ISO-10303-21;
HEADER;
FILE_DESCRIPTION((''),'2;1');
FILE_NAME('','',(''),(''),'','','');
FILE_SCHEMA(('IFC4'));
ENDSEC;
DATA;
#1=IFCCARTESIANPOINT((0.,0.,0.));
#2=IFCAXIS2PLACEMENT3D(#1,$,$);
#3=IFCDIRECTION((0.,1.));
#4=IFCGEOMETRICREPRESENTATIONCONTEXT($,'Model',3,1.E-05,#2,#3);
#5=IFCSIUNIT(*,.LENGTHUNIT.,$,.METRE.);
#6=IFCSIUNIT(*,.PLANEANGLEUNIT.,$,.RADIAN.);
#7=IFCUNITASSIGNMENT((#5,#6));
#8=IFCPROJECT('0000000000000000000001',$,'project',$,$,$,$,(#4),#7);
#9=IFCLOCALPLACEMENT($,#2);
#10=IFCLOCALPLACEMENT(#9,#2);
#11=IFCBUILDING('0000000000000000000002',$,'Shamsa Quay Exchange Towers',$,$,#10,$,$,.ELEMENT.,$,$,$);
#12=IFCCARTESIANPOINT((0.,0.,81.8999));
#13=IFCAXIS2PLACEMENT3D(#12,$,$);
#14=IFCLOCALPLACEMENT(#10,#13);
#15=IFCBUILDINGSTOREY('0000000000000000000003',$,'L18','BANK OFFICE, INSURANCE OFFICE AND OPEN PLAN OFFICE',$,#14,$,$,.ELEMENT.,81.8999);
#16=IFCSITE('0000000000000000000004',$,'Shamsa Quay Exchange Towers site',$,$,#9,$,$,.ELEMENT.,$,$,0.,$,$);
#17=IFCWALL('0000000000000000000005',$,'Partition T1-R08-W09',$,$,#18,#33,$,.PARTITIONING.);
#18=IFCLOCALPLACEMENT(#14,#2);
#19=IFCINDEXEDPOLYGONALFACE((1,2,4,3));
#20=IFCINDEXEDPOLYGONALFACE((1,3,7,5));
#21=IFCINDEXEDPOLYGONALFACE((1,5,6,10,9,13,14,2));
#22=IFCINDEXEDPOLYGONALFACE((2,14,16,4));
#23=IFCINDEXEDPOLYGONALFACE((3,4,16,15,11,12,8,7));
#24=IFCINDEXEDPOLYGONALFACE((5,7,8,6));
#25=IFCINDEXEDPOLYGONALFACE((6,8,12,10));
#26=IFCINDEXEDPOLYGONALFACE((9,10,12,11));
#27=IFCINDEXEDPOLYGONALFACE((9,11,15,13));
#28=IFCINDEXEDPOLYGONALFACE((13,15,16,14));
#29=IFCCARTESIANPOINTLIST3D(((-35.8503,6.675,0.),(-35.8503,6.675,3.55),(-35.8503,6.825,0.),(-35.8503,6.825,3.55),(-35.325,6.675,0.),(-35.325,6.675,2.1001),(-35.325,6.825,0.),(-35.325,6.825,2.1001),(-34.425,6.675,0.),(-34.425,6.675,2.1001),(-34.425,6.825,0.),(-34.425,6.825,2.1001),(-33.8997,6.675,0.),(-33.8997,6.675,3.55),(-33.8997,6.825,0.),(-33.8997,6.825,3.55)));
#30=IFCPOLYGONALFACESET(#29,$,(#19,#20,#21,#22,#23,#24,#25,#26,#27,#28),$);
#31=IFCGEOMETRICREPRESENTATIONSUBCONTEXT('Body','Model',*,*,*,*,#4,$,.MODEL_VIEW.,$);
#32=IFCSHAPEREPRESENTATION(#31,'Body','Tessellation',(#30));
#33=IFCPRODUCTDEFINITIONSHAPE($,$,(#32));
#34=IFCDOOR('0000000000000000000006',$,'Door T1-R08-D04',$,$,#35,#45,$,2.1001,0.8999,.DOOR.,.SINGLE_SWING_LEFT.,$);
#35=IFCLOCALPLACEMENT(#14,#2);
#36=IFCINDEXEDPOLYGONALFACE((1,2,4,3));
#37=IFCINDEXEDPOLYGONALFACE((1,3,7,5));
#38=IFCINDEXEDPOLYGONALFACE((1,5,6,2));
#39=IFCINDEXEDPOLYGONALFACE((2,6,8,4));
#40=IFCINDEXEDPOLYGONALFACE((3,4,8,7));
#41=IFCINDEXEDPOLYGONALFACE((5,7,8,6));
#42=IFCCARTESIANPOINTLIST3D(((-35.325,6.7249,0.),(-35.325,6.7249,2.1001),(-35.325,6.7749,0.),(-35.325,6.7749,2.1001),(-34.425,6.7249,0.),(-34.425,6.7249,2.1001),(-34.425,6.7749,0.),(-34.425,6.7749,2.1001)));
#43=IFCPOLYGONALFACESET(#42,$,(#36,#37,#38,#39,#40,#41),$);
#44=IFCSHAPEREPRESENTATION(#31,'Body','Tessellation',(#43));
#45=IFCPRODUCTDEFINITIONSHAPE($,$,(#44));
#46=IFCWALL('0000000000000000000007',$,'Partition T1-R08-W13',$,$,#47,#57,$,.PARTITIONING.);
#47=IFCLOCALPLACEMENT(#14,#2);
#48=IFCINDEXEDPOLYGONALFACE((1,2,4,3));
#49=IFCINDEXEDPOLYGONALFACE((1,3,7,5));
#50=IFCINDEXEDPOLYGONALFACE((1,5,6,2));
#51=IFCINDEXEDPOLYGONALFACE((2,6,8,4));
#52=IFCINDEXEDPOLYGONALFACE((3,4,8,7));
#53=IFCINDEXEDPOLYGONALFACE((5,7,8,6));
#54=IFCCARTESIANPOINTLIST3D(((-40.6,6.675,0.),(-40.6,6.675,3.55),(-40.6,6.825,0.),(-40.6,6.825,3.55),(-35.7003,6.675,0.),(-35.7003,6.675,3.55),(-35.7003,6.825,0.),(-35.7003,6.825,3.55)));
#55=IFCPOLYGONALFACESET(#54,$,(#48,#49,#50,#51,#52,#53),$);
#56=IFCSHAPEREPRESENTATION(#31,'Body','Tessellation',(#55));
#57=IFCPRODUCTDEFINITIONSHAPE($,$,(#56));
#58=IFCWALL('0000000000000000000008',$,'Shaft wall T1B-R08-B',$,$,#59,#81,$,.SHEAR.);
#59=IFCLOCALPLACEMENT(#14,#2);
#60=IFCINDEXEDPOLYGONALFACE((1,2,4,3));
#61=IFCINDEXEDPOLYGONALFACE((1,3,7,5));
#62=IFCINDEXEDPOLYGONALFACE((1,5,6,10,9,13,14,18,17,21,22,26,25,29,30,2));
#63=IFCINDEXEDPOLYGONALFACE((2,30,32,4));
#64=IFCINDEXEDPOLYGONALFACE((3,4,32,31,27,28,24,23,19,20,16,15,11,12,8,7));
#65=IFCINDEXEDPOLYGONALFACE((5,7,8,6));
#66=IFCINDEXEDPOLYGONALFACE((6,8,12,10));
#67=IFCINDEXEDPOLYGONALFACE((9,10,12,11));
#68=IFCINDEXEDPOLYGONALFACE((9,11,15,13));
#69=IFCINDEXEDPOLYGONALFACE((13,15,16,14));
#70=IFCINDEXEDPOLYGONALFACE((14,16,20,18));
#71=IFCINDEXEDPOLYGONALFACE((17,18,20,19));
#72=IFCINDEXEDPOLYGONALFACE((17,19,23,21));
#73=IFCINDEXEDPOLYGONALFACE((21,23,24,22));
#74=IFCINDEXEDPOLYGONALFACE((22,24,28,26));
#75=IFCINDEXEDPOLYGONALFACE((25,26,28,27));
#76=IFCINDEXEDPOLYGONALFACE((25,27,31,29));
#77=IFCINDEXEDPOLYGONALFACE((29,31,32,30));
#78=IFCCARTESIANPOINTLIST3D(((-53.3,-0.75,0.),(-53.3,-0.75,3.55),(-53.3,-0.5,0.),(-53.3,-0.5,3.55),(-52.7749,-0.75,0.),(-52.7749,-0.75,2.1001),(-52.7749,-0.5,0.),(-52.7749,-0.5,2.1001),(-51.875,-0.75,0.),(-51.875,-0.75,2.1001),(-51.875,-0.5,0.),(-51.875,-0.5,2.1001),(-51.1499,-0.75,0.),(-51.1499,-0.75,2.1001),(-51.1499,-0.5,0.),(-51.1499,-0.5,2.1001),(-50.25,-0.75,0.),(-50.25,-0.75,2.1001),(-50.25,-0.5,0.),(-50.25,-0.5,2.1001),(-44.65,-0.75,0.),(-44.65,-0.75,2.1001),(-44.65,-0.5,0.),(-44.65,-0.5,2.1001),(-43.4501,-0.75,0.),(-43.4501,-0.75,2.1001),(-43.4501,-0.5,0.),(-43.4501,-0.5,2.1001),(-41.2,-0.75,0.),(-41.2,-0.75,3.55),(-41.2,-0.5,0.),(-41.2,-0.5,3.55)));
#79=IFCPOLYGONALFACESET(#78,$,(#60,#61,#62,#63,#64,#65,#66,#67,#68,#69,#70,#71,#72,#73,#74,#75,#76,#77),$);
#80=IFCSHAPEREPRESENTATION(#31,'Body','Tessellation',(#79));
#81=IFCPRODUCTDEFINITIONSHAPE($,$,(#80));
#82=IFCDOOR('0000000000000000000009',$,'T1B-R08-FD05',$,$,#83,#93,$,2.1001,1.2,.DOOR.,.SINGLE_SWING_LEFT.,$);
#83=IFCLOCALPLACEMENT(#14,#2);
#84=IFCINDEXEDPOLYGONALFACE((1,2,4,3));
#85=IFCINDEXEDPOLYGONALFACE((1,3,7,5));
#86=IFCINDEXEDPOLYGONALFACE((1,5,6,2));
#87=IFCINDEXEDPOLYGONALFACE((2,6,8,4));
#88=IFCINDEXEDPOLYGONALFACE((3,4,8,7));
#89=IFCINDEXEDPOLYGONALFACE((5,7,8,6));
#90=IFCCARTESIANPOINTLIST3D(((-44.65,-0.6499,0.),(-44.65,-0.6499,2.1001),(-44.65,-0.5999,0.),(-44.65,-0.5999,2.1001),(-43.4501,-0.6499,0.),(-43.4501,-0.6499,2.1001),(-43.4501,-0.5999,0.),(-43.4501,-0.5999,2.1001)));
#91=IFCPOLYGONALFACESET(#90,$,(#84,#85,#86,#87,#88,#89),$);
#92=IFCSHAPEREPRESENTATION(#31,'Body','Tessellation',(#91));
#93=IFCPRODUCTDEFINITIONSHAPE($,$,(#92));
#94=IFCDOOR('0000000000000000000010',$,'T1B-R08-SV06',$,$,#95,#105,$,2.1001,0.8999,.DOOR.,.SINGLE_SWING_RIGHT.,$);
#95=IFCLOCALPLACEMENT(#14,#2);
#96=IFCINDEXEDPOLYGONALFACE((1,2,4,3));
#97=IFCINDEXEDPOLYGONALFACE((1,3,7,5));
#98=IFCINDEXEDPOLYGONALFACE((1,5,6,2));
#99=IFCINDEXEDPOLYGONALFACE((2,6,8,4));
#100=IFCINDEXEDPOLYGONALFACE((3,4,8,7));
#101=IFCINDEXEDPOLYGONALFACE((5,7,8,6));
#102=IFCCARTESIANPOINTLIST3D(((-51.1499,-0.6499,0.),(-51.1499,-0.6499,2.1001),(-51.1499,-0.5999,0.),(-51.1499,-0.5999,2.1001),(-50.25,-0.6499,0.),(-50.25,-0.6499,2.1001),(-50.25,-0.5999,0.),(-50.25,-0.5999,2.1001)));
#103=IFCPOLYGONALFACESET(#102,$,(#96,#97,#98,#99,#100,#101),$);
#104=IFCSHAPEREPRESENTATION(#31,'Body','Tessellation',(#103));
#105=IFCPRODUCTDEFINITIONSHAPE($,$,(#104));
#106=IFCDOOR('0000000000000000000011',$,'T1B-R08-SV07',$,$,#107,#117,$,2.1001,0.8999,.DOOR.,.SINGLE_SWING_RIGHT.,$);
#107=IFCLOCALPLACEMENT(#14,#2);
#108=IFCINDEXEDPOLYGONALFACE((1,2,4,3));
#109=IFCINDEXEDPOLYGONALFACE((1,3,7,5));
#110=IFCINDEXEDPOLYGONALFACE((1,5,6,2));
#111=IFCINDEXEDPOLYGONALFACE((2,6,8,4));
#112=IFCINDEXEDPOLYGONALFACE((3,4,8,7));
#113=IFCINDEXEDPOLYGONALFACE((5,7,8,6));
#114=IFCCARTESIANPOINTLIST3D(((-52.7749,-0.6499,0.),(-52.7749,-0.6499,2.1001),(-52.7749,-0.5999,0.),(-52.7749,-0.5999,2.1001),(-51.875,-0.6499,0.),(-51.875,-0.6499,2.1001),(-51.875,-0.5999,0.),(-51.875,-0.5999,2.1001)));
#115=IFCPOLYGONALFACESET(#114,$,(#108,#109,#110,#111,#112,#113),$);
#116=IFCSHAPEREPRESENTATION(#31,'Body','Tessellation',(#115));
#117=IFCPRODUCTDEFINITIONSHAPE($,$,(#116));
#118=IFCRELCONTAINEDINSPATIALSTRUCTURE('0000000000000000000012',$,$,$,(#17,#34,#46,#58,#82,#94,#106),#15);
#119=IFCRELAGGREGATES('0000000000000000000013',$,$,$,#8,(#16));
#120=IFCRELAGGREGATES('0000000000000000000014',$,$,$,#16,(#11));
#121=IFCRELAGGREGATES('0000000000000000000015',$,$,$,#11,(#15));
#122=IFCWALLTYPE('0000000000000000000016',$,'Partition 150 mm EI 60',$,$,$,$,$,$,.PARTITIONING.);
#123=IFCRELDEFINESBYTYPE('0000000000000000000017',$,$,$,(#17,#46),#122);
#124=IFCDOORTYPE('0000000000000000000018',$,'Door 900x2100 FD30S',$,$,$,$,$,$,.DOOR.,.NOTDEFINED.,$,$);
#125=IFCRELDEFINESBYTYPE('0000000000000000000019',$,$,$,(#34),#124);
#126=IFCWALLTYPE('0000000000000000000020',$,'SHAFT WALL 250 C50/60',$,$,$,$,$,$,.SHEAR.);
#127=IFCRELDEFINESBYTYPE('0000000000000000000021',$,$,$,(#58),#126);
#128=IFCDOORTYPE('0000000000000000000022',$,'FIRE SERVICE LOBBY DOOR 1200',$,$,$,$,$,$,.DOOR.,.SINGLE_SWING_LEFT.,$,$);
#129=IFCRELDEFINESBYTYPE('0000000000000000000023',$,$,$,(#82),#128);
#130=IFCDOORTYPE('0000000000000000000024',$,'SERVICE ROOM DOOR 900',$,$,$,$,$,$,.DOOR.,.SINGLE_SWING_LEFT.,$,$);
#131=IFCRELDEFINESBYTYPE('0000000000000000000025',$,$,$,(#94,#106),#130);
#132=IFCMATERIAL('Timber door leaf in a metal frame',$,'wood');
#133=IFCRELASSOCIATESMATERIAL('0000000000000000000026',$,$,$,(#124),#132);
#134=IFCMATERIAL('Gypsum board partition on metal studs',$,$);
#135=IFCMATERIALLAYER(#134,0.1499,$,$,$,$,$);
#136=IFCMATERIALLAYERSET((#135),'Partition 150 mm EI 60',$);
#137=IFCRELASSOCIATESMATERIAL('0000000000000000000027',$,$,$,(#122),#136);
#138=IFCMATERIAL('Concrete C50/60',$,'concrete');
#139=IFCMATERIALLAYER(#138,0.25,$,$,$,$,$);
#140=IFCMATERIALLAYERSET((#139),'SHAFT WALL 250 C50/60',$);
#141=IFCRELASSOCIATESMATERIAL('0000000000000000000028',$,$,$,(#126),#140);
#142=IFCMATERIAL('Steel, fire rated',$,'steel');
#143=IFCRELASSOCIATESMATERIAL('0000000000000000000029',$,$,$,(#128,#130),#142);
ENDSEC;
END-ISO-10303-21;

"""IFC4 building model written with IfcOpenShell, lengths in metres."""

from ifc_helpers import new_model, si_unit, direction, frame, frame_2d, origin, place, context, subcontext, project, spatial, rectangle, extrude, material, layer, layer_set, type_object, element, fill, save


model = new_model("IFC4")

# Units and contexts
model_context = context("Model", 3, precision=1e-05, world=origin(), true_north=direction((0.0, 1.0)))
body_context = subcontext(model_context, "Body", "Model", "MODEL_VIEW")
ifc_project = project(units=[si_unit("LENGTHUNIT", "METRE"), si_unit("PLANEANGLEUNIT", "RADIAN")], contexts=[model_context])

# Site, building, storey
site_placement = place(None, origin())
site = spatial("IfcSite", under=ifc_project, at=site_placement, Name="Shamsa Quay Exchange Towers site", CompositionType="ELEMENT", RefElevation=0.0)
building_placement = place(site_placement, origin())
building = spatial("IfcBuilding", under=site, at=building_placement, Name="Shamsa Quay Exchange Towers", CompositionType="ELEMENT")
storey_placement = place(building_placement, frame((0.0, 0.0, 81.8999)))
storey = spatial("IfcBuildingStorey", under=building, at=storey_placement, Name="L18", Description="BANK OFFICE, INSURANCE OFFICE AND OPEN PLAN OFFICE", CompositionType="ELEMENT", Elevation=81.8999)

# Shared definitions
ifc_material_1 = material(Name="Timber door leaf in a metal frame", Category="wood")
door_type_1 = type_object("IfcDoorType", Name="Door 900x2100 FD30S", OperationType="NOTDEFINED", PredefinedType="DOOR", material=ifc_material_1)
ifc_material_2 = material(Name="Gypsum board partition on metal studs")

# Shared definitions
ifc_layer_1 = layer(ifc_material_2, 0.1499)
ifc_layer_set_1 = layer_set([ifc_layer_1], Name="Partition 150 mm EI 60")
wall_type_1 = type_object("IfcWallType", Name="Partition 150 mm EI 60", PredefinedType="PARTITIONING", material=ifc_layer_set_1)

# Wall, opening, door
wall_1_placement = place(storey_placement, frame((-35.8503, 6.75, 0.0)))
wall_1 = element("IfcWall", 1, at=wall_1_placement, inside=storey, type_object=wall_type_1, Name="Partition T1-R08-W09", PredefinedType="PARTITIONING", context=body_context, shape_type="SweptSolid", body=[
    extrude(rectangle(XDim=1.9507, YDim=0.1499, at=frame_2d((0.9753, 0.0))), origin(), (0.0, 0.0, 1.0), 3.55),
])
opening_1_placement = place(wall_1_placement, frame((0.5254, 0.0, 0.0)))
opening_1 = element("IfcOpeningElement", 2, at=opening_1_placement, cuts=wall_1, PredefinedType="OPENING", context=body_context, shape_type="SweptSolid", body=[
    extrude(rectangle(XDim=0.8999, YDim=2.1001, at=frame_2d((0.45, 1.05))), frame((0.0, 0.085, 0.0), z_axis=(0.0, -1.0, 0.0), x_axis=(1.0, 0.0, 0.0)), (0.0, 0.0, 1.0), 0.1699),
])
door_1_placement = place(opening_1_placement, origin())
door_1 = element("IfcDoor", 3, at=door_1_placement, inside=storey, type_object=door_type_1, Name="Door T1-R08-D04", OperationType="SINGLE_SWING_LEFT", OverallHeight=2.1001, OverallWidth=0.8999, PredefinedType="DOOR", context=body_context, shape_type="SweptSolid", body=[
    extrude(rectangle(XDim=0.8999, YDim=2.1001, at=frame_2d((0.45, 1.05))), frame((0.0, 0.0249, 0.0), z_axis=(0.0, -1.0, 0.0), x_axis=(1.0, 0.0, 0.0)), (0.0, 0.0, 1.0), 0.05),
])
fill(opening_1, door_1)

# Wall
wall_2_placement = place(storey_placement, frame((-35.7004, 6.75, 0.0), z_axis=(0.0, 0.0, 1.0), x_axis=(-1.0, 0.0, 0.0)))
element("IfcWall", 4, at=wall_2_placement, inside=storey, type_object=wall_type_1, Name="Partition T1-R08-W13", PredefinedType="PARTITIONING", context=body_context, shape_type="SweptSolid", body=[
    extrude(rectangle(XDim=4.8997, YDim=0.1499, at=frame_2d((2.4497, 0.0))), origin(), (0.0, 0.0, 1.0), 3.55),
])

# Wall, openings, doors
ifc_material_3 = material(Name="Concrete C50/60", Category="concrete")
ifc_layer_2 = layer(ifc_material_3, 0.25)
ifc_layer_set_2 = layer_set([ifc_layer_2], Name="SHAFT WALL 250 C50/60")
wall_type_2 = type_object("IfcWallType", Name="SHAFT WALL 250 C50/60", PredefinedType="SHEAR", material=ifc_layer_set_2)
wall_3_placement = place(storey_placement, frame((-41.2, -0.625, 0.0), z_axis=(0.0, 0.0, 1.0), x_axis=(-1.0, 0.0, 0.0)))
wall_3 = element("IfcWall", 5, at=wall_3_placement, inside=storey, type_object=wall_type_2, Name="Shaft wall T1B-R08-B", PredefinedType="SHEAR", context=body_context, shape_type="SweptSolid", body=[
    extrude(rectangle(XDim=12.1001, YDim=0.25, at=frame_2d((6.05, 0.0))), origin(), (0.0, 0.0, 1.0), 3.55),
])
opening_2_placement = place(wall_3_placement, frame((2.25, 0.0, 0.0)))
opening_2 = element("IfcOpeningElement", 6, at=opening_2_placement, cuts=wall_3, PredefinedType="OPENING", context=body_context, shape_type="SweptSolid", body=[
    extrude(rectangle(XDim=1.2, YDim=2.1001, at=frame_2d((0.6001, 1.05))), frame((0.0, 0.135, 0.0), z_axis=(0.0, -1.0, 0.0), x_axis=(1.0, 0.0, 0.0)), (0.0, 0.0, 1.0), 0.27),
])
opening_3_placement = place(wall_3_placement, frame((9.05, 0.0, 0.0)))
opening_3 = element("IfcOpeningElement", 7, at=opening_3_placement, cuts=wall_3, PredefinedType="OPENING", context=body_context, shape_type="SweptSolid", body=[
    extrude(rectangle(XDim=0.8999, YDim=2.1001, at=frame_2d((0.45, 1.05))), frame((0.0, 0.135, 0.0), z_axis=(0.0, -1.0, 0.0), x_axis=(1.0, 0.0, 0.0)), (0.0, 0.0, 1.0), 0.27),
])
opening_4_placement = place(wall_3_placement, frame((10.675, 0.0, 0.0)))
opening_4 = element("IfcOpeningElement", 8, at=opening_4_placement, cuts=wall_3, PredefinedType="OPENING", context=body_context, shape_type="SweptSolid", body=[
    extrude(rectangle(XDim=0.8999, YDim=2.1001, at=frame_2d((0.45, 1.05))), frame((0.0, 0.135, 0.0), z_axis=(0.0, -1.0, 0.0), x_axis=(1.0, 0.0, 0.0)), (0.0, 0.0, 1.0), 0.27),
])
ifc_material_4 = material(Name="Steel, fire rated", Category="steel")
door_type_2 = type_object("IfcDoorType", Name="FIRE SERVICE LOBBY DOOR 1200", OperationType="SINGLE_SWING_LEFT", PredefinedType="DOOR", material=ifc_material_4)
door_2_placement = place(opening_2_placement, origin())
door_2 = element("IfcDoor", 9, at=door_2_placement, inside=storey, type_object=door_type_2, Name="T1B-R08-FD05", OperationType="SINGLE_SWING_LEFT", OverallHeight=2.1001, OverallWidth=1.2, PredefinedType="DOOR", context=body_context, shape_type="SweptSolid", body=[
    extrude(rectangle(XDim=1.2, YDim=2.1001, at=frame_2d((0.6001, 1.05))), frame((0.0, 0.0249, 0.0), z_axis=(0.0, -1.0, 0.0), x_axis=(1.0, 0.0, 0.0)), (0.0, 0.0, 1.0), 0.05),
])
fill(opening_2, door_2)
door_type_3 = type_object("IfcDoorType", Name="SERVICE ROOM DOOR 900", OperationType="SINGLE_SWING_LEFT", PredefinedType="DOOR", material=ifc_material_4)
door_3_placement = place(opening_3_placement, origin())
door_3 = element("IfcDoor", 10, at=door_3_placement, inside=storey, type_object=door_type_3, Name="T1B-R08-SV06", OperationType="SINGLE_SWING_RIGHT", OverallHeight=2.1001, OverallWidth=0.8999, PredefinedType="DOOR", context=body_context, shape_type="SweptSolid", body=[
    extrude(rectangle(XDim=0.8999, YDim=2.1001, at=frame_2d((0.45, 1.05))), frame((0.0, 0.0249, 0.0), z_axis=(0.0, -1.0, 0.0), x_axis=(1.0, 0.0, 0.0)), (0.0, 0.0, 1.0), 0.05),
])
fill(opening_3, door_3)
door_4_placement = place(opening_4_placement, origin())
door_4 = element("IfcDoor", 11, at=door_4_placement, inside=storey, type_object=door_type_3, Name="T1B-R08-SV07", OperationType="SINGLE_SWING_RIGHT", OverallHeight=2.1001, OverallWidth=0.8999, PredefinedType="DOOR", context=body_context, shape_type="SweptSolid", body=[
    extrude(rectangle(XDim=0.8999, YDim=2.1001, at=frame_2d((0.45, 1.05))), frame((0.0, 0.0249, 0.0), z_axis=(0.0, -1.0, 0.0), x_axis=(1.0, 0.0, 0.0)), (0.0, 0.0, 1.0), 0.05),
])
fill(opening_4, door_4)

save(model, "model.ifc")
